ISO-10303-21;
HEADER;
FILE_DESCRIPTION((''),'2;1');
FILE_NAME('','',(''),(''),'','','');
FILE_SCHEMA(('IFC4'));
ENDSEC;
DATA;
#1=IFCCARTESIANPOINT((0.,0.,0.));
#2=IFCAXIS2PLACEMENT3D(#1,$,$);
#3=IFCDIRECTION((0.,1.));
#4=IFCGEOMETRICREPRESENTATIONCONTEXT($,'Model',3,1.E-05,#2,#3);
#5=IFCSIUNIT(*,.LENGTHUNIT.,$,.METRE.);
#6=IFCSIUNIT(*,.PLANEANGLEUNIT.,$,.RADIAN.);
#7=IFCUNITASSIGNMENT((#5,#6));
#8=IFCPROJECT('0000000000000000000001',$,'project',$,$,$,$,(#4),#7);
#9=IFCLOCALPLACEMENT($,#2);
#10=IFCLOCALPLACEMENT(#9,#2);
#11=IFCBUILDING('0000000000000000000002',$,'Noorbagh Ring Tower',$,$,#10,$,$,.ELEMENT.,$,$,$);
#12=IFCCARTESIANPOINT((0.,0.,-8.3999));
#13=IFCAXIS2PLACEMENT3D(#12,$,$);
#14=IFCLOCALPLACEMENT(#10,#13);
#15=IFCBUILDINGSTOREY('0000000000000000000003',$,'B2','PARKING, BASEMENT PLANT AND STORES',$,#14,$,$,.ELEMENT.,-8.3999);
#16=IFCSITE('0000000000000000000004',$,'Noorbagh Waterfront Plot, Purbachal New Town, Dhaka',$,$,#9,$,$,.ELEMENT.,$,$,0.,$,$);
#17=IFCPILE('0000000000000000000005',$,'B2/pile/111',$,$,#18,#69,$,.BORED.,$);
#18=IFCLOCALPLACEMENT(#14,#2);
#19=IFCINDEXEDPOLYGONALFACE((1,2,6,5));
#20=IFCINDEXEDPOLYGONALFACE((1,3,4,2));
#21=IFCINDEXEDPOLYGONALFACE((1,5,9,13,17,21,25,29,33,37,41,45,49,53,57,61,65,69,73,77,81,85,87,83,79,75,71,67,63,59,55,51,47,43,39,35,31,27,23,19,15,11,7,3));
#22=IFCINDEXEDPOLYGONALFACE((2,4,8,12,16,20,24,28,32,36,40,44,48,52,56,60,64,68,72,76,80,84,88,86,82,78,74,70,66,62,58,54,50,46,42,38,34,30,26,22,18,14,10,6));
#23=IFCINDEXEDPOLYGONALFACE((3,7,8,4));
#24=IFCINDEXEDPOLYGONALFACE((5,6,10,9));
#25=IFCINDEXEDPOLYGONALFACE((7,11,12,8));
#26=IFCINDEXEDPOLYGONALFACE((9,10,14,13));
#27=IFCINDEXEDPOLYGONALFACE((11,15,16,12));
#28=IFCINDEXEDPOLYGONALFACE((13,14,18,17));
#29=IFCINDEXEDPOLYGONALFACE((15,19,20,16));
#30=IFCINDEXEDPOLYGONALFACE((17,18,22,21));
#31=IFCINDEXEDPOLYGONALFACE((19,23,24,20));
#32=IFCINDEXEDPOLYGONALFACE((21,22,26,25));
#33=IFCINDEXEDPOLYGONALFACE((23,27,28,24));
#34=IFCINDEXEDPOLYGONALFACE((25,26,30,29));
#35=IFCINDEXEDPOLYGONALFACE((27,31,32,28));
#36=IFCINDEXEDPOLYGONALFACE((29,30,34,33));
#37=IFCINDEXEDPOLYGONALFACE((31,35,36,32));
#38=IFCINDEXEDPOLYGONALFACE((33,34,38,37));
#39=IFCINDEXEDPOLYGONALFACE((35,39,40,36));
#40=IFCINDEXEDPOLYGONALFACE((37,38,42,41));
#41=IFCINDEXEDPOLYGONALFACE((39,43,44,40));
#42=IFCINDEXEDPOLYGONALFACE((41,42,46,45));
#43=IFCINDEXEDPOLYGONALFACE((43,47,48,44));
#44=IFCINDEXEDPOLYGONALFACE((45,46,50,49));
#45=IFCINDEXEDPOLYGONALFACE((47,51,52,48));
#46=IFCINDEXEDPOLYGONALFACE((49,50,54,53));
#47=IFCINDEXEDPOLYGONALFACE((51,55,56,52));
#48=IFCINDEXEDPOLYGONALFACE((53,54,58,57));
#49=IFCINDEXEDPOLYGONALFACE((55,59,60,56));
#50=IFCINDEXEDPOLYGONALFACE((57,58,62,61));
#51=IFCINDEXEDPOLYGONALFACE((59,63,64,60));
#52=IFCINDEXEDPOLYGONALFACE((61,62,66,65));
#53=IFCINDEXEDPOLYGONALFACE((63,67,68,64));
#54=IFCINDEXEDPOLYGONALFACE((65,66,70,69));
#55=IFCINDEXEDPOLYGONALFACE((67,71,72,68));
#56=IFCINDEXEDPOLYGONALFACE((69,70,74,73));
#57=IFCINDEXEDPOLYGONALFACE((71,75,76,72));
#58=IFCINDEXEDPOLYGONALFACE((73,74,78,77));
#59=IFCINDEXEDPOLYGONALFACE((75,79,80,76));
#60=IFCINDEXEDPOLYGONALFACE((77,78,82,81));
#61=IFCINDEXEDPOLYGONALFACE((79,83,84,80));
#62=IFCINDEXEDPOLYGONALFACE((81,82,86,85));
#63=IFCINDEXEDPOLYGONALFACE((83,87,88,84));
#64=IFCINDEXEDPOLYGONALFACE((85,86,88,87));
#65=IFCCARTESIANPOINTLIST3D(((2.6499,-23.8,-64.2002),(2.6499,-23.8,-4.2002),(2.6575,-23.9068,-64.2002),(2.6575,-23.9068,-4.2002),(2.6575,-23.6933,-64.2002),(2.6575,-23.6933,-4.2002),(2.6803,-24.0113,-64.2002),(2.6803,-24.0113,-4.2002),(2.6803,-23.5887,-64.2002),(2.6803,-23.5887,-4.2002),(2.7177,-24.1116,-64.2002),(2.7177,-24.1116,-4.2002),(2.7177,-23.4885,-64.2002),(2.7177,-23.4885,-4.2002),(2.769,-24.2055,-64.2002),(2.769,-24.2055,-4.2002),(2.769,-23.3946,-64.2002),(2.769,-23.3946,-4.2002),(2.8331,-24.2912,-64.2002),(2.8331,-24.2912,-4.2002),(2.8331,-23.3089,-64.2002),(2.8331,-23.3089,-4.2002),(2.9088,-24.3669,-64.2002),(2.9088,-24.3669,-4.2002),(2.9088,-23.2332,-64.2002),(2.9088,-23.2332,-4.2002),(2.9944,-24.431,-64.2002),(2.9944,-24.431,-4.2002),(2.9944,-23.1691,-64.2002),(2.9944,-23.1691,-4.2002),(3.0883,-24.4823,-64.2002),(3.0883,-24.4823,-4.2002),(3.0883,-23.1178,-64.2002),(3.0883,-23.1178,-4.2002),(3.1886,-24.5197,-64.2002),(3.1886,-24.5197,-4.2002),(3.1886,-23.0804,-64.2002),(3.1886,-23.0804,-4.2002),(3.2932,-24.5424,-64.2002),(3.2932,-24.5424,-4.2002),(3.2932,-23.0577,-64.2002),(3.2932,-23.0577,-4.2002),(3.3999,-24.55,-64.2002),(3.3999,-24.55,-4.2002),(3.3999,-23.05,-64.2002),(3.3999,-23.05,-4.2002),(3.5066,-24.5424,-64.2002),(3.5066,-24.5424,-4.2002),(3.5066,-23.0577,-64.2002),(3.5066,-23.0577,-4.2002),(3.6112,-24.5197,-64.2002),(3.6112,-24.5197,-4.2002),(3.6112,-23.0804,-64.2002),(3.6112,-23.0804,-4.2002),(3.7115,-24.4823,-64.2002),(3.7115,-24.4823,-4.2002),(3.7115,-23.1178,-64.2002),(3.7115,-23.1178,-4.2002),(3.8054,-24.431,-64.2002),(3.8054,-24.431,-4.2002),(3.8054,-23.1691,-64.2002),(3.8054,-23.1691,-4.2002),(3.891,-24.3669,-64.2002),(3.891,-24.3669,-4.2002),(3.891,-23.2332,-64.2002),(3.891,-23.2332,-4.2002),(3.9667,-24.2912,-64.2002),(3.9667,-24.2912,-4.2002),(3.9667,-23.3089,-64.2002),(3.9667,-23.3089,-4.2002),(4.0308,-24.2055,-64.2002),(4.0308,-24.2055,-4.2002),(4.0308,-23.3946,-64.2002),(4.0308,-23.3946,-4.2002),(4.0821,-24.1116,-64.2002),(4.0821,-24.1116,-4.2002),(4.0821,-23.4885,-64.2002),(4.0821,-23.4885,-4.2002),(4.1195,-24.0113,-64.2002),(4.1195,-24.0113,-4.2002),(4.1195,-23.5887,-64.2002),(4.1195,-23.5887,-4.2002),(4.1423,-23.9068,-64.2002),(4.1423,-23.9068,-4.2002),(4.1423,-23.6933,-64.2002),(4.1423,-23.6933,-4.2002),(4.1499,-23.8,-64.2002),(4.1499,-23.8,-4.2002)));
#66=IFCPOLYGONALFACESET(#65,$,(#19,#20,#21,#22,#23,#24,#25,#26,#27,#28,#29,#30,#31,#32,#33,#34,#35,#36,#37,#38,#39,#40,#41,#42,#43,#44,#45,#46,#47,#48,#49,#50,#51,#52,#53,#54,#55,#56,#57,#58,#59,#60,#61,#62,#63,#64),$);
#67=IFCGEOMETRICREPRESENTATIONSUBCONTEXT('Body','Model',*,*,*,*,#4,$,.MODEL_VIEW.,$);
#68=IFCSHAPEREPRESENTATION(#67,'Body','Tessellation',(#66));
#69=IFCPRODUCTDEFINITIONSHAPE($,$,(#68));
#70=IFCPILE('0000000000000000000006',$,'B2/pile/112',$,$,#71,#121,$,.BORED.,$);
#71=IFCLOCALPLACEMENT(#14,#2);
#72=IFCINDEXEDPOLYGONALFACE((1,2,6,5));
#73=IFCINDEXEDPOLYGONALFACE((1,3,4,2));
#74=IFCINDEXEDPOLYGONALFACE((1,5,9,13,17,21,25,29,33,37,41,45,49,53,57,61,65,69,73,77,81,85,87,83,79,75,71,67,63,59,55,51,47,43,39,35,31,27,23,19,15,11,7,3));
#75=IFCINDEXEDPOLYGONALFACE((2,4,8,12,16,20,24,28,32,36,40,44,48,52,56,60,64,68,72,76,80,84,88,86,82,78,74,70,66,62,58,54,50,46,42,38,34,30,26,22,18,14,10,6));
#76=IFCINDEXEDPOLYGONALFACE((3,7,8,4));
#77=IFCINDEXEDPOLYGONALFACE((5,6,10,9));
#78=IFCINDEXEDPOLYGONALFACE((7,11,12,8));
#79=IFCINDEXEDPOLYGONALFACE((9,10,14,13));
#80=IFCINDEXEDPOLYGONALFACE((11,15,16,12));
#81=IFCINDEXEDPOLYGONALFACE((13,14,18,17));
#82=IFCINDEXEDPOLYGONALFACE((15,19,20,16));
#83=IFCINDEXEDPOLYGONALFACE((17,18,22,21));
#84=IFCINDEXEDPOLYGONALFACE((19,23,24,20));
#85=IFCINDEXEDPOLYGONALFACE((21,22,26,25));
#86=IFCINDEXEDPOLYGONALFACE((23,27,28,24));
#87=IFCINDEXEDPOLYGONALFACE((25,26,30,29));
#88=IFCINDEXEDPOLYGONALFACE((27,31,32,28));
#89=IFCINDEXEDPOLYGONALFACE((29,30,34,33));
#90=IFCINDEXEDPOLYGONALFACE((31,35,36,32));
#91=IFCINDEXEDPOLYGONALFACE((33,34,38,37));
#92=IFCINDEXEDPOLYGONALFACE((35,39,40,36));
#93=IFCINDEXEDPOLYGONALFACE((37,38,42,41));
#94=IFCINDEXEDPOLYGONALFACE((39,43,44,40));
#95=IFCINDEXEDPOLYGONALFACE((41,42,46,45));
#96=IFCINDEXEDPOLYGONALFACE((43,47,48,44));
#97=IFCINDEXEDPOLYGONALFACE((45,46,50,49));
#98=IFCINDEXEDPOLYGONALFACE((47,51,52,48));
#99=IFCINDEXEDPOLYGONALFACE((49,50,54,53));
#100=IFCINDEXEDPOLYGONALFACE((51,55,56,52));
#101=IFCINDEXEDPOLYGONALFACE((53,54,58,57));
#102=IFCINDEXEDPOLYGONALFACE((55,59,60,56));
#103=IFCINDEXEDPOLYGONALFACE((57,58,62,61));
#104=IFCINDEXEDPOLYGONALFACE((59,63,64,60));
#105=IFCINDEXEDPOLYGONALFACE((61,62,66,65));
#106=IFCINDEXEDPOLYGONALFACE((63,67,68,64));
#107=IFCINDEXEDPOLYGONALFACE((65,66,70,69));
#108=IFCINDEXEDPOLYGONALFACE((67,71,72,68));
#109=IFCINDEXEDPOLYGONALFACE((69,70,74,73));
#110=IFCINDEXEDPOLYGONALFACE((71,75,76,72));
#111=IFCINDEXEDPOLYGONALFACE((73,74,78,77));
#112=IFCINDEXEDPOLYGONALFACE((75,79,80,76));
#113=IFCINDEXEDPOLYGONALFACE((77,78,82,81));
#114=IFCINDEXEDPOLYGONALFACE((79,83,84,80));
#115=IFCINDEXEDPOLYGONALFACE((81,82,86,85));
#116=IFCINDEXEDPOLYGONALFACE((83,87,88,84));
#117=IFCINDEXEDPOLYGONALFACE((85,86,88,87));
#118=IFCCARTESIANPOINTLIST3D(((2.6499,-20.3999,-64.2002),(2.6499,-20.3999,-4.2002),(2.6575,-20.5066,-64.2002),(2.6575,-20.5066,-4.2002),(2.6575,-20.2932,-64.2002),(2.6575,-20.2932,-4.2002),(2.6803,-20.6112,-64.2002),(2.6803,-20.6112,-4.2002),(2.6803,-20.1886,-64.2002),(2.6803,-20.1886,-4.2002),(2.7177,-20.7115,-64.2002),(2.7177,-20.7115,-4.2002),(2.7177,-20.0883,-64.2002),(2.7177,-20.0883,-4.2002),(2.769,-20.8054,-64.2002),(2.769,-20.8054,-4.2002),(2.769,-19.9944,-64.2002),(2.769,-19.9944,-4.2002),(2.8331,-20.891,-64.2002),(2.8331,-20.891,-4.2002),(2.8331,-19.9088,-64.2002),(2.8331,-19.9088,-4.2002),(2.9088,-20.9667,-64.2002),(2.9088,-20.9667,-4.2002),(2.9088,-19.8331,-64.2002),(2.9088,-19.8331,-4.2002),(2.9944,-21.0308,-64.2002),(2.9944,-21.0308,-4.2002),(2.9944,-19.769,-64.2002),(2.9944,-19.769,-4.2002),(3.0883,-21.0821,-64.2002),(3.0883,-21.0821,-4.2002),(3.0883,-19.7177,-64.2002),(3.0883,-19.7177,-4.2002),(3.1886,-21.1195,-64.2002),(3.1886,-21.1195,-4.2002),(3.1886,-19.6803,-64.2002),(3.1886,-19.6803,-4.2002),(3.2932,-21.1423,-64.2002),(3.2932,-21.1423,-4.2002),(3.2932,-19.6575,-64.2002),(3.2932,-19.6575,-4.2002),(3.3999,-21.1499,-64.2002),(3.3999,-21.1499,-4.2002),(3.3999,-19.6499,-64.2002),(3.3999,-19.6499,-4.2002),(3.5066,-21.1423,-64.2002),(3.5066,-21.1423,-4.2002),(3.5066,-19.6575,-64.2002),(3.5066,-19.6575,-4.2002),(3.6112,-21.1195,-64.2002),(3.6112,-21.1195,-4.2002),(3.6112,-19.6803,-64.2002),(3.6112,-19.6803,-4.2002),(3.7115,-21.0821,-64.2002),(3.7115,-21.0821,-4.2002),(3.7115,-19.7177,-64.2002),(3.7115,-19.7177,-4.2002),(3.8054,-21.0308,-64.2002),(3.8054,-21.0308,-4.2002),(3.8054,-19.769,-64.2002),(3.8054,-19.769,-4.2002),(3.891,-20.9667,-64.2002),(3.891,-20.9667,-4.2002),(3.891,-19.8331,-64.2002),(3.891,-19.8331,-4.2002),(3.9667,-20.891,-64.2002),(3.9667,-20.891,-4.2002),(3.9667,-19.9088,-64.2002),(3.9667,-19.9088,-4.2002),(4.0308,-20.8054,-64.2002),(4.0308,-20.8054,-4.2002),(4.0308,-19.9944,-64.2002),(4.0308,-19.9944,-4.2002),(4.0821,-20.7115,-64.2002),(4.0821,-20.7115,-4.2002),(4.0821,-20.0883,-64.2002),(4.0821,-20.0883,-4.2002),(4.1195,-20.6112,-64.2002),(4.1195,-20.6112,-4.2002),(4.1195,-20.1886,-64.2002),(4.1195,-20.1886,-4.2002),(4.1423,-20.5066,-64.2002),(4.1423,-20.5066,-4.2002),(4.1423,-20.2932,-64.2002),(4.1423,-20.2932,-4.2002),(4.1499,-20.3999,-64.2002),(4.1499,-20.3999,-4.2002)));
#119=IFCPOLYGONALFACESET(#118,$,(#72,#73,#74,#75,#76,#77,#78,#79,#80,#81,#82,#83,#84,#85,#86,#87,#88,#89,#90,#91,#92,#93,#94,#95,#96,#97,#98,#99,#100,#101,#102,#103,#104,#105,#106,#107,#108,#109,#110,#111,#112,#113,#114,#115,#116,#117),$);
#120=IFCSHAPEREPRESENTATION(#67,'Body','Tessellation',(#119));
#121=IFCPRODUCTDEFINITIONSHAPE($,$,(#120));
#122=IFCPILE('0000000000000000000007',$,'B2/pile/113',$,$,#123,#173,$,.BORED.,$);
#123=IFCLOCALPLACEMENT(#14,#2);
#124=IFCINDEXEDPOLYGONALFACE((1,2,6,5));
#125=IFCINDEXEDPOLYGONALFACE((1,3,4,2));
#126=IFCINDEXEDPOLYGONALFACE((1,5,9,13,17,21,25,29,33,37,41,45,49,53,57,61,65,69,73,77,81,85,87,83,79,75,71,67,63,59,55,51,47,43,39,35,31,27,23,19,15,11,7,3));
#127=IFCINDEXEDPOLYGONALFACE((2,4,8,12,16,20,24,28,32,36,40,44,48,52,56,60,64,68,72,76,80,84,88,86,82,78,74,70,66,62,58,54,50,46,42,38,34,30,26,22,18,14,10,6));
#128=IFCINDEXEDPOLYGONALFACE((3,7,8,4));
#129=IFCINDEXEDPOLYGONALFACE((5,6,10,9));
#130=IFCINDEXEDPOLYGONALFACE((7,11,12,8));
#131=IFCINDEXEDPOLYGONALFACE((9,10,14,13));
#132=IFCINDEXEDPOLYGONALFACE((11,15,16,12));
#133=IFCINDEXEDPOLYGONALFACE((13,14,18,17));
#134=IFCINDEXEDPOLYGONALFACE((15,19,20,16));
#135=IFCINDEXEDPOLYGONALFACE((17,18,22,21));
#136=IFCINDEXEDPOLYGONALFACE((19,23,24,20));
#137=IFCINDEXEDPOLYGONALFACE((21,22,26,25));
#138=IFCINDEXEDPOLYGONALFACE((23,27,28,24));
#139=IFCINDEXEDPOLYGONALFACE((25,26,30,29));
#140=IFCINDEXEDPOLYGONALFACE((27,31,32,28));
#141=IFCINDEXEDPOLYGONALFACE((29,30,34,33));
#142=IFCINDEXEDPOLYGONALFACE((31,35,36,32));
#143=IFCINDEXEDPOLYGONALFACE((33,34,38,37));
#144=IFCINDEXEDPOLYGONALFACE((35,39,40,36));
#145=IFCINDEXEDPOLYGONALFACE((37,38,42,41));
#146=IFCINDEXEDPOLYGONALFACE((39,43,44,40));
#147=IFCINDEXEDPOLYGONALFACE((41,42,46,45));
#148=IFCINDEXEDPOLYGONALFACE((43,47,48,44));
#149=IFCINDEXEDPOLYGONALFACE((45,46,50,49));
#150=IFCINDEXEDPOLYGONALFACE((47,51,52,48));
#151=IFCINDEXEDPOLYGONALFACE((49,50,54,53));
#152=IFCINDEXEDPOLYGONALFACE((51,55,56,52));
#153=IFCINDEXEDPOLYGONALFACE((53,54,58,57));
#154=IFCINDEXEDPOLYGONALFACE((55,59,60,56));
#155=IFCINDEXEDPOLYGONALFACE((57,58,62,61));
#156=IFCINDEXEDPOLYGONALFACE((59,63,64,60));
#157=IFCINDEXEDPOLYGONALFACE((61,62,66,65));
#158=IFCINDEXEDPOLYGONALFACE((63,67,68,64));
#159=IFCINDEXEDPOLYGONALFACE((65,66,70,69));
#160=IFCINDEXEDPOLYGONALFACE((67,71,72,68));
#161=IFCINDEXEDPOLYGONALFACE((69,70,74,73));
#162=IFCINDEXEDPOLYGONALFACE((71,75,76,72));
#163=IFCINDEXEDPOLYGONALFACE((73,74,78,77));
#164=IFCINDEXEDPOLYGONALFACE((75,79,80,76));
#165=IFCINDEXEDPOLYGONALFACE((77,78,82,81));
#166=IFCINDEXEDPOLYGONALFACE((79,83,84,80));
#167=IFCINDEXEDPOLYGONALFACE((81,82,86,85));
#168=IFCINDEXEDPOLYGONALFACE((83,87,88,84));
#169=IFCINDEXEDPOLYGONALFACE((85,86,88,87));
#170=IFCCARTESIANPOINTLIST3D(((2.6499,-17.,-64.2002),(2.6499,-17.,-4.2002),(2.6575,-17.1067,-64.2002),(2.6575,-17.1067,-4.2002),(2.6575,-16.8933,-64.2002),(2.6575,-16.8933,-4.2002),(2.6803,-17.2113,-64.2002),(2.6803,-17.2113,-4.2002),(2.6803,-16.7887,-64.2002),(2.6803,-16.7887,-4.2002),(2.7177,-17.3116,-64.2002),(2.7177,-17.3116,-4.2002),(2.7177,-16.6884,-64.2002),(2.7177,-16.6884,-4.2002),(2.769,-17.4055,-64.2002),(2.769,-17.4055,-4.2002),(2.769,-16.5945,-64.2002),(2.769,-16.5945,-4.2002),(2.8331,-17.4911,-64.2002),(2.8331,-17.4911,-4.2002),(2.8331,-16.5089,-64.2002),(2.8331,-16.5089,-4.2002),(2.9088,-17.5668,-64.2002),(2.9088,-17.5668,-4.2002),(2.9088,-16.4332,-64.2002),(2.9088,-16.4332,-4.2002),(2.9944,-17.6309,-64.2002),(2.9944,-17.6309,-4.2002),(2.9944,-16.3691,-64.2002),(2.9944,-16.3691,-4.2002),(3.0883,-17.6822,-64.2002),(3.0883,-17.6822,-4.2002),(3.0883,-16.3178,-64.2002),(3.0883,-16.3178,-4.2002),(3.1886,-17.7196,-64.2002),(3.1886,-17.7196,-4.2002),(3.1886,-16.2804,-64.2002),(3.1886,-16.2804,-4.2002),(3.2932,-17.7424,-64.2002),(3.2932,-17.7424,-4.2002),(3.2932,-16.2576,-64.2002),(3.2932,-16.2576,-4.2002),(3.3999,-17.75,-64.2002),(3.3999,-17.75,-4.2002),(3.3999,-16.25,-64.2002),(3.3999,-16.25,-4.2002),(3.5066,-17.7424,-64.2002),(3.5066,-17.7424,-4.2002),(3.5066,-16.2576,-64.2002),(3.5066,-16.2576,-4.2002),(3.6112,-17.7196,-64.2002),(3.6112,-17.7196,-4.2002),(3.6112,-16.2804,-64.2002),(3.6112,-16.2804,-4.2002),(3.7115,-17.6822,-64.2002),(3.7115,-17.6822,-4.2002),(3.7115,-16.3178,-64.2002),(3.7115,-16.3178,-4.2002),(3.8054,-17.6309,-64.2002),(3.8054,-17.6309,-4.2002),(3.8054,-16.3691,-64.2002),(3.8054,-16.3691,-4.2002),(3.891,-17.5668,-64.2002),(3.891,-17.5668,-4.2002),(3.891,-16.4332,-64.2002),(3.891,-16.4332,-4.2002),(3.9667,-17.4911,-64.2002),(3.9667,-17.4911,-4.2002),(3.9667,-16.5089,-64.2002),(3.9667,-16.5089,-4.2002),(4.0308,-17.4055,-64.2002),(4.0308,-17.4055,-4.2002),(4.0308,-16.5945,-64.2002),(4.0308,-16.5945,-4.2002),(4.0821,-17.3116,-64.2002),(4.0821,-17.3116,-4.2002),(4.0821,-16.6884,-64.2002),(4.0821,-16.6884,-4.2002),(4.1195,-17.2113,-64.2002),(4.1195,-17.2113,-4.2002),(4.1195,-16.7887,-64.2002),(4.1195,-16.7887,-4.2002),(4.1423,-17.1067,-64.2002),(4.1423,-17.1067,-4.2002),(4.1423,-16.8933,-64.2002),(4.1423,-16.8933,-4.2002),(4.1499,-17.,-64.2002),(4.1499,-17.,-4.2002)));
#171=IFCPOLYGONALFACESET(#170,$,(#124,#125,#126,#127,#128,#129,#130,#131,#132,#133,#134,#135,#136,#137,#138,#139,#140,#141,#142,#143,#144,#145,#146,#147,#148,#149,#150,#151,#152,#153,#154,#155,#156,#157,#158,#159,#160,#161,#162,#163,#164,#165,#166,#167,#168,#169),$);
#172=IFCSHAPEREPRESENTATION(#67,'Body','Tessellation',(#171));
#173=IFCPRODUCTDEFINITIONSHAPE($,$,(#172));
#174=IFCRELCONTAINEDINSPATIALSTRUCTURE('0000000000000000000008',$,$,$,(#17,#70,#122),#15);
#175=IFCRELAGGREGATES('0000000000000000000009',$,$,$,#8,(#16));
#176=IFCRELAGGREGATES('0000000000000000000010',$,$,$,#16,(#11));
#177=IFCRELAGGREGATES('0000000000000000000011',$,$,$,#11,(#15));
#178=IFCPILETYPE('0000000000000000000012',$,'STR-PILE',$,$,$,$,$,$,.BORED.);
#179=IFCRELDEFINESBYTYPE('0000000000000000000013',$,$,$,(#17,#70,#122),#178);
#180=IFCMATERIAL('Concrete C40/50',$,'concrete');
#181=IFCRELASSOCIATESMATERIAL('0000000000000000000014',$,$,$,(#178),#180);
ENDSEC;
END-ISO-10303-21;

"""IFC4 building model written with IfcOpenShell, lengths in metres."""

from ifc_helpers import new_model, si_unit, direction, frame, origin, origin_2d, place, context, subcontext, project, spatial, circle, extrude, material, material_profile, profile_set, type_object, element, save


model = new_model("IFC4")

# Units and contexts
model_context = context("Model", 3, precision=1e-05, world=origin(), true_north=direction((0.0, 1.0)))
body_context = subcontext(model_context, "Body", "Model", "MODEL_VIEW")
ifc_project = project(units=[si_unit("LENGTHUNIT", "METRE"), si_unit("PLANEANGLEUNIT", "RADIAN")], contexts=[model_context])

# Site, building, storey
site_placement = place(None, origin())
site = spatial("IfcSite", under=ifc_project, at=site_placement, Name="Noorbagh Waterfront Plot, Purbachal New Town, Dhaka", CompositionType="ELEMENT", RefElevation=0.0)
building_placement = place(site_placement, origin())
building = spatial("IfcBuilding", under=site, at=building_placement, Name="Noorbagh Ring Tower", CompositionType="ELEMENT")
storey_placement = place(building_placement, frame((0.0, 0.0, -8.3999)))
storey = spatial("IfcBuildingStorey", under=building, at=storey_placement, Name="B2", Description="PARKING, BASEMENT PLANT AND STORES", CompositionType="ELEMENT", Elevation=-8.3999)

# Piles
ifc_material_1 = material(Name="Concrete C40/50", Category="concrete")
ifc_material_profile_1 = material_profile(ifc_material_1, circle(Radius=0.75, at=origin_2d()), Name="PILE1500")
ifc_profile_set_1 = profile_set([ifc_material_profile_1], Name="Concrete C40/50")
pile_type = type_object("IfcPileType", Name="STR-PILE", PredefinedType="BORED", material=ifc_profile_set_1)
for number, where, z_axis, x_axis, name in (
    (1, (3.3999, -23.8, -4.2002), (0.0, 0.0, -1.0), (1.0, 0.0, 0.0), "B2/pile/111"),
    (2, (3.3999, -20.3999, -4.2002), (0.0, 0.0, -1.0), (1.0, 0.0, 0.0), "B2/pile/112"),
    (3, (3.3999, -17.0, -4.2002), (0.0, 0.0, -1.0), (1.0, 0.0, 0.0), "B2/pile/113"),
):
    element("IfcPile", number, at=place(storey_placement, frame(where, z_axis=z_axis, x_axis=x_axis)), inside=storey, type_object=pile_type, Name=name, PredefinedType="BORED", context=body_context, shape_type="SweptSolid", body=[
        extrude(circle(Radius=0.75, at=origin_2d()), origin(), (0.0, 0.0, 1.0), 60.0),
    ])

save(model, "model.ifc")
